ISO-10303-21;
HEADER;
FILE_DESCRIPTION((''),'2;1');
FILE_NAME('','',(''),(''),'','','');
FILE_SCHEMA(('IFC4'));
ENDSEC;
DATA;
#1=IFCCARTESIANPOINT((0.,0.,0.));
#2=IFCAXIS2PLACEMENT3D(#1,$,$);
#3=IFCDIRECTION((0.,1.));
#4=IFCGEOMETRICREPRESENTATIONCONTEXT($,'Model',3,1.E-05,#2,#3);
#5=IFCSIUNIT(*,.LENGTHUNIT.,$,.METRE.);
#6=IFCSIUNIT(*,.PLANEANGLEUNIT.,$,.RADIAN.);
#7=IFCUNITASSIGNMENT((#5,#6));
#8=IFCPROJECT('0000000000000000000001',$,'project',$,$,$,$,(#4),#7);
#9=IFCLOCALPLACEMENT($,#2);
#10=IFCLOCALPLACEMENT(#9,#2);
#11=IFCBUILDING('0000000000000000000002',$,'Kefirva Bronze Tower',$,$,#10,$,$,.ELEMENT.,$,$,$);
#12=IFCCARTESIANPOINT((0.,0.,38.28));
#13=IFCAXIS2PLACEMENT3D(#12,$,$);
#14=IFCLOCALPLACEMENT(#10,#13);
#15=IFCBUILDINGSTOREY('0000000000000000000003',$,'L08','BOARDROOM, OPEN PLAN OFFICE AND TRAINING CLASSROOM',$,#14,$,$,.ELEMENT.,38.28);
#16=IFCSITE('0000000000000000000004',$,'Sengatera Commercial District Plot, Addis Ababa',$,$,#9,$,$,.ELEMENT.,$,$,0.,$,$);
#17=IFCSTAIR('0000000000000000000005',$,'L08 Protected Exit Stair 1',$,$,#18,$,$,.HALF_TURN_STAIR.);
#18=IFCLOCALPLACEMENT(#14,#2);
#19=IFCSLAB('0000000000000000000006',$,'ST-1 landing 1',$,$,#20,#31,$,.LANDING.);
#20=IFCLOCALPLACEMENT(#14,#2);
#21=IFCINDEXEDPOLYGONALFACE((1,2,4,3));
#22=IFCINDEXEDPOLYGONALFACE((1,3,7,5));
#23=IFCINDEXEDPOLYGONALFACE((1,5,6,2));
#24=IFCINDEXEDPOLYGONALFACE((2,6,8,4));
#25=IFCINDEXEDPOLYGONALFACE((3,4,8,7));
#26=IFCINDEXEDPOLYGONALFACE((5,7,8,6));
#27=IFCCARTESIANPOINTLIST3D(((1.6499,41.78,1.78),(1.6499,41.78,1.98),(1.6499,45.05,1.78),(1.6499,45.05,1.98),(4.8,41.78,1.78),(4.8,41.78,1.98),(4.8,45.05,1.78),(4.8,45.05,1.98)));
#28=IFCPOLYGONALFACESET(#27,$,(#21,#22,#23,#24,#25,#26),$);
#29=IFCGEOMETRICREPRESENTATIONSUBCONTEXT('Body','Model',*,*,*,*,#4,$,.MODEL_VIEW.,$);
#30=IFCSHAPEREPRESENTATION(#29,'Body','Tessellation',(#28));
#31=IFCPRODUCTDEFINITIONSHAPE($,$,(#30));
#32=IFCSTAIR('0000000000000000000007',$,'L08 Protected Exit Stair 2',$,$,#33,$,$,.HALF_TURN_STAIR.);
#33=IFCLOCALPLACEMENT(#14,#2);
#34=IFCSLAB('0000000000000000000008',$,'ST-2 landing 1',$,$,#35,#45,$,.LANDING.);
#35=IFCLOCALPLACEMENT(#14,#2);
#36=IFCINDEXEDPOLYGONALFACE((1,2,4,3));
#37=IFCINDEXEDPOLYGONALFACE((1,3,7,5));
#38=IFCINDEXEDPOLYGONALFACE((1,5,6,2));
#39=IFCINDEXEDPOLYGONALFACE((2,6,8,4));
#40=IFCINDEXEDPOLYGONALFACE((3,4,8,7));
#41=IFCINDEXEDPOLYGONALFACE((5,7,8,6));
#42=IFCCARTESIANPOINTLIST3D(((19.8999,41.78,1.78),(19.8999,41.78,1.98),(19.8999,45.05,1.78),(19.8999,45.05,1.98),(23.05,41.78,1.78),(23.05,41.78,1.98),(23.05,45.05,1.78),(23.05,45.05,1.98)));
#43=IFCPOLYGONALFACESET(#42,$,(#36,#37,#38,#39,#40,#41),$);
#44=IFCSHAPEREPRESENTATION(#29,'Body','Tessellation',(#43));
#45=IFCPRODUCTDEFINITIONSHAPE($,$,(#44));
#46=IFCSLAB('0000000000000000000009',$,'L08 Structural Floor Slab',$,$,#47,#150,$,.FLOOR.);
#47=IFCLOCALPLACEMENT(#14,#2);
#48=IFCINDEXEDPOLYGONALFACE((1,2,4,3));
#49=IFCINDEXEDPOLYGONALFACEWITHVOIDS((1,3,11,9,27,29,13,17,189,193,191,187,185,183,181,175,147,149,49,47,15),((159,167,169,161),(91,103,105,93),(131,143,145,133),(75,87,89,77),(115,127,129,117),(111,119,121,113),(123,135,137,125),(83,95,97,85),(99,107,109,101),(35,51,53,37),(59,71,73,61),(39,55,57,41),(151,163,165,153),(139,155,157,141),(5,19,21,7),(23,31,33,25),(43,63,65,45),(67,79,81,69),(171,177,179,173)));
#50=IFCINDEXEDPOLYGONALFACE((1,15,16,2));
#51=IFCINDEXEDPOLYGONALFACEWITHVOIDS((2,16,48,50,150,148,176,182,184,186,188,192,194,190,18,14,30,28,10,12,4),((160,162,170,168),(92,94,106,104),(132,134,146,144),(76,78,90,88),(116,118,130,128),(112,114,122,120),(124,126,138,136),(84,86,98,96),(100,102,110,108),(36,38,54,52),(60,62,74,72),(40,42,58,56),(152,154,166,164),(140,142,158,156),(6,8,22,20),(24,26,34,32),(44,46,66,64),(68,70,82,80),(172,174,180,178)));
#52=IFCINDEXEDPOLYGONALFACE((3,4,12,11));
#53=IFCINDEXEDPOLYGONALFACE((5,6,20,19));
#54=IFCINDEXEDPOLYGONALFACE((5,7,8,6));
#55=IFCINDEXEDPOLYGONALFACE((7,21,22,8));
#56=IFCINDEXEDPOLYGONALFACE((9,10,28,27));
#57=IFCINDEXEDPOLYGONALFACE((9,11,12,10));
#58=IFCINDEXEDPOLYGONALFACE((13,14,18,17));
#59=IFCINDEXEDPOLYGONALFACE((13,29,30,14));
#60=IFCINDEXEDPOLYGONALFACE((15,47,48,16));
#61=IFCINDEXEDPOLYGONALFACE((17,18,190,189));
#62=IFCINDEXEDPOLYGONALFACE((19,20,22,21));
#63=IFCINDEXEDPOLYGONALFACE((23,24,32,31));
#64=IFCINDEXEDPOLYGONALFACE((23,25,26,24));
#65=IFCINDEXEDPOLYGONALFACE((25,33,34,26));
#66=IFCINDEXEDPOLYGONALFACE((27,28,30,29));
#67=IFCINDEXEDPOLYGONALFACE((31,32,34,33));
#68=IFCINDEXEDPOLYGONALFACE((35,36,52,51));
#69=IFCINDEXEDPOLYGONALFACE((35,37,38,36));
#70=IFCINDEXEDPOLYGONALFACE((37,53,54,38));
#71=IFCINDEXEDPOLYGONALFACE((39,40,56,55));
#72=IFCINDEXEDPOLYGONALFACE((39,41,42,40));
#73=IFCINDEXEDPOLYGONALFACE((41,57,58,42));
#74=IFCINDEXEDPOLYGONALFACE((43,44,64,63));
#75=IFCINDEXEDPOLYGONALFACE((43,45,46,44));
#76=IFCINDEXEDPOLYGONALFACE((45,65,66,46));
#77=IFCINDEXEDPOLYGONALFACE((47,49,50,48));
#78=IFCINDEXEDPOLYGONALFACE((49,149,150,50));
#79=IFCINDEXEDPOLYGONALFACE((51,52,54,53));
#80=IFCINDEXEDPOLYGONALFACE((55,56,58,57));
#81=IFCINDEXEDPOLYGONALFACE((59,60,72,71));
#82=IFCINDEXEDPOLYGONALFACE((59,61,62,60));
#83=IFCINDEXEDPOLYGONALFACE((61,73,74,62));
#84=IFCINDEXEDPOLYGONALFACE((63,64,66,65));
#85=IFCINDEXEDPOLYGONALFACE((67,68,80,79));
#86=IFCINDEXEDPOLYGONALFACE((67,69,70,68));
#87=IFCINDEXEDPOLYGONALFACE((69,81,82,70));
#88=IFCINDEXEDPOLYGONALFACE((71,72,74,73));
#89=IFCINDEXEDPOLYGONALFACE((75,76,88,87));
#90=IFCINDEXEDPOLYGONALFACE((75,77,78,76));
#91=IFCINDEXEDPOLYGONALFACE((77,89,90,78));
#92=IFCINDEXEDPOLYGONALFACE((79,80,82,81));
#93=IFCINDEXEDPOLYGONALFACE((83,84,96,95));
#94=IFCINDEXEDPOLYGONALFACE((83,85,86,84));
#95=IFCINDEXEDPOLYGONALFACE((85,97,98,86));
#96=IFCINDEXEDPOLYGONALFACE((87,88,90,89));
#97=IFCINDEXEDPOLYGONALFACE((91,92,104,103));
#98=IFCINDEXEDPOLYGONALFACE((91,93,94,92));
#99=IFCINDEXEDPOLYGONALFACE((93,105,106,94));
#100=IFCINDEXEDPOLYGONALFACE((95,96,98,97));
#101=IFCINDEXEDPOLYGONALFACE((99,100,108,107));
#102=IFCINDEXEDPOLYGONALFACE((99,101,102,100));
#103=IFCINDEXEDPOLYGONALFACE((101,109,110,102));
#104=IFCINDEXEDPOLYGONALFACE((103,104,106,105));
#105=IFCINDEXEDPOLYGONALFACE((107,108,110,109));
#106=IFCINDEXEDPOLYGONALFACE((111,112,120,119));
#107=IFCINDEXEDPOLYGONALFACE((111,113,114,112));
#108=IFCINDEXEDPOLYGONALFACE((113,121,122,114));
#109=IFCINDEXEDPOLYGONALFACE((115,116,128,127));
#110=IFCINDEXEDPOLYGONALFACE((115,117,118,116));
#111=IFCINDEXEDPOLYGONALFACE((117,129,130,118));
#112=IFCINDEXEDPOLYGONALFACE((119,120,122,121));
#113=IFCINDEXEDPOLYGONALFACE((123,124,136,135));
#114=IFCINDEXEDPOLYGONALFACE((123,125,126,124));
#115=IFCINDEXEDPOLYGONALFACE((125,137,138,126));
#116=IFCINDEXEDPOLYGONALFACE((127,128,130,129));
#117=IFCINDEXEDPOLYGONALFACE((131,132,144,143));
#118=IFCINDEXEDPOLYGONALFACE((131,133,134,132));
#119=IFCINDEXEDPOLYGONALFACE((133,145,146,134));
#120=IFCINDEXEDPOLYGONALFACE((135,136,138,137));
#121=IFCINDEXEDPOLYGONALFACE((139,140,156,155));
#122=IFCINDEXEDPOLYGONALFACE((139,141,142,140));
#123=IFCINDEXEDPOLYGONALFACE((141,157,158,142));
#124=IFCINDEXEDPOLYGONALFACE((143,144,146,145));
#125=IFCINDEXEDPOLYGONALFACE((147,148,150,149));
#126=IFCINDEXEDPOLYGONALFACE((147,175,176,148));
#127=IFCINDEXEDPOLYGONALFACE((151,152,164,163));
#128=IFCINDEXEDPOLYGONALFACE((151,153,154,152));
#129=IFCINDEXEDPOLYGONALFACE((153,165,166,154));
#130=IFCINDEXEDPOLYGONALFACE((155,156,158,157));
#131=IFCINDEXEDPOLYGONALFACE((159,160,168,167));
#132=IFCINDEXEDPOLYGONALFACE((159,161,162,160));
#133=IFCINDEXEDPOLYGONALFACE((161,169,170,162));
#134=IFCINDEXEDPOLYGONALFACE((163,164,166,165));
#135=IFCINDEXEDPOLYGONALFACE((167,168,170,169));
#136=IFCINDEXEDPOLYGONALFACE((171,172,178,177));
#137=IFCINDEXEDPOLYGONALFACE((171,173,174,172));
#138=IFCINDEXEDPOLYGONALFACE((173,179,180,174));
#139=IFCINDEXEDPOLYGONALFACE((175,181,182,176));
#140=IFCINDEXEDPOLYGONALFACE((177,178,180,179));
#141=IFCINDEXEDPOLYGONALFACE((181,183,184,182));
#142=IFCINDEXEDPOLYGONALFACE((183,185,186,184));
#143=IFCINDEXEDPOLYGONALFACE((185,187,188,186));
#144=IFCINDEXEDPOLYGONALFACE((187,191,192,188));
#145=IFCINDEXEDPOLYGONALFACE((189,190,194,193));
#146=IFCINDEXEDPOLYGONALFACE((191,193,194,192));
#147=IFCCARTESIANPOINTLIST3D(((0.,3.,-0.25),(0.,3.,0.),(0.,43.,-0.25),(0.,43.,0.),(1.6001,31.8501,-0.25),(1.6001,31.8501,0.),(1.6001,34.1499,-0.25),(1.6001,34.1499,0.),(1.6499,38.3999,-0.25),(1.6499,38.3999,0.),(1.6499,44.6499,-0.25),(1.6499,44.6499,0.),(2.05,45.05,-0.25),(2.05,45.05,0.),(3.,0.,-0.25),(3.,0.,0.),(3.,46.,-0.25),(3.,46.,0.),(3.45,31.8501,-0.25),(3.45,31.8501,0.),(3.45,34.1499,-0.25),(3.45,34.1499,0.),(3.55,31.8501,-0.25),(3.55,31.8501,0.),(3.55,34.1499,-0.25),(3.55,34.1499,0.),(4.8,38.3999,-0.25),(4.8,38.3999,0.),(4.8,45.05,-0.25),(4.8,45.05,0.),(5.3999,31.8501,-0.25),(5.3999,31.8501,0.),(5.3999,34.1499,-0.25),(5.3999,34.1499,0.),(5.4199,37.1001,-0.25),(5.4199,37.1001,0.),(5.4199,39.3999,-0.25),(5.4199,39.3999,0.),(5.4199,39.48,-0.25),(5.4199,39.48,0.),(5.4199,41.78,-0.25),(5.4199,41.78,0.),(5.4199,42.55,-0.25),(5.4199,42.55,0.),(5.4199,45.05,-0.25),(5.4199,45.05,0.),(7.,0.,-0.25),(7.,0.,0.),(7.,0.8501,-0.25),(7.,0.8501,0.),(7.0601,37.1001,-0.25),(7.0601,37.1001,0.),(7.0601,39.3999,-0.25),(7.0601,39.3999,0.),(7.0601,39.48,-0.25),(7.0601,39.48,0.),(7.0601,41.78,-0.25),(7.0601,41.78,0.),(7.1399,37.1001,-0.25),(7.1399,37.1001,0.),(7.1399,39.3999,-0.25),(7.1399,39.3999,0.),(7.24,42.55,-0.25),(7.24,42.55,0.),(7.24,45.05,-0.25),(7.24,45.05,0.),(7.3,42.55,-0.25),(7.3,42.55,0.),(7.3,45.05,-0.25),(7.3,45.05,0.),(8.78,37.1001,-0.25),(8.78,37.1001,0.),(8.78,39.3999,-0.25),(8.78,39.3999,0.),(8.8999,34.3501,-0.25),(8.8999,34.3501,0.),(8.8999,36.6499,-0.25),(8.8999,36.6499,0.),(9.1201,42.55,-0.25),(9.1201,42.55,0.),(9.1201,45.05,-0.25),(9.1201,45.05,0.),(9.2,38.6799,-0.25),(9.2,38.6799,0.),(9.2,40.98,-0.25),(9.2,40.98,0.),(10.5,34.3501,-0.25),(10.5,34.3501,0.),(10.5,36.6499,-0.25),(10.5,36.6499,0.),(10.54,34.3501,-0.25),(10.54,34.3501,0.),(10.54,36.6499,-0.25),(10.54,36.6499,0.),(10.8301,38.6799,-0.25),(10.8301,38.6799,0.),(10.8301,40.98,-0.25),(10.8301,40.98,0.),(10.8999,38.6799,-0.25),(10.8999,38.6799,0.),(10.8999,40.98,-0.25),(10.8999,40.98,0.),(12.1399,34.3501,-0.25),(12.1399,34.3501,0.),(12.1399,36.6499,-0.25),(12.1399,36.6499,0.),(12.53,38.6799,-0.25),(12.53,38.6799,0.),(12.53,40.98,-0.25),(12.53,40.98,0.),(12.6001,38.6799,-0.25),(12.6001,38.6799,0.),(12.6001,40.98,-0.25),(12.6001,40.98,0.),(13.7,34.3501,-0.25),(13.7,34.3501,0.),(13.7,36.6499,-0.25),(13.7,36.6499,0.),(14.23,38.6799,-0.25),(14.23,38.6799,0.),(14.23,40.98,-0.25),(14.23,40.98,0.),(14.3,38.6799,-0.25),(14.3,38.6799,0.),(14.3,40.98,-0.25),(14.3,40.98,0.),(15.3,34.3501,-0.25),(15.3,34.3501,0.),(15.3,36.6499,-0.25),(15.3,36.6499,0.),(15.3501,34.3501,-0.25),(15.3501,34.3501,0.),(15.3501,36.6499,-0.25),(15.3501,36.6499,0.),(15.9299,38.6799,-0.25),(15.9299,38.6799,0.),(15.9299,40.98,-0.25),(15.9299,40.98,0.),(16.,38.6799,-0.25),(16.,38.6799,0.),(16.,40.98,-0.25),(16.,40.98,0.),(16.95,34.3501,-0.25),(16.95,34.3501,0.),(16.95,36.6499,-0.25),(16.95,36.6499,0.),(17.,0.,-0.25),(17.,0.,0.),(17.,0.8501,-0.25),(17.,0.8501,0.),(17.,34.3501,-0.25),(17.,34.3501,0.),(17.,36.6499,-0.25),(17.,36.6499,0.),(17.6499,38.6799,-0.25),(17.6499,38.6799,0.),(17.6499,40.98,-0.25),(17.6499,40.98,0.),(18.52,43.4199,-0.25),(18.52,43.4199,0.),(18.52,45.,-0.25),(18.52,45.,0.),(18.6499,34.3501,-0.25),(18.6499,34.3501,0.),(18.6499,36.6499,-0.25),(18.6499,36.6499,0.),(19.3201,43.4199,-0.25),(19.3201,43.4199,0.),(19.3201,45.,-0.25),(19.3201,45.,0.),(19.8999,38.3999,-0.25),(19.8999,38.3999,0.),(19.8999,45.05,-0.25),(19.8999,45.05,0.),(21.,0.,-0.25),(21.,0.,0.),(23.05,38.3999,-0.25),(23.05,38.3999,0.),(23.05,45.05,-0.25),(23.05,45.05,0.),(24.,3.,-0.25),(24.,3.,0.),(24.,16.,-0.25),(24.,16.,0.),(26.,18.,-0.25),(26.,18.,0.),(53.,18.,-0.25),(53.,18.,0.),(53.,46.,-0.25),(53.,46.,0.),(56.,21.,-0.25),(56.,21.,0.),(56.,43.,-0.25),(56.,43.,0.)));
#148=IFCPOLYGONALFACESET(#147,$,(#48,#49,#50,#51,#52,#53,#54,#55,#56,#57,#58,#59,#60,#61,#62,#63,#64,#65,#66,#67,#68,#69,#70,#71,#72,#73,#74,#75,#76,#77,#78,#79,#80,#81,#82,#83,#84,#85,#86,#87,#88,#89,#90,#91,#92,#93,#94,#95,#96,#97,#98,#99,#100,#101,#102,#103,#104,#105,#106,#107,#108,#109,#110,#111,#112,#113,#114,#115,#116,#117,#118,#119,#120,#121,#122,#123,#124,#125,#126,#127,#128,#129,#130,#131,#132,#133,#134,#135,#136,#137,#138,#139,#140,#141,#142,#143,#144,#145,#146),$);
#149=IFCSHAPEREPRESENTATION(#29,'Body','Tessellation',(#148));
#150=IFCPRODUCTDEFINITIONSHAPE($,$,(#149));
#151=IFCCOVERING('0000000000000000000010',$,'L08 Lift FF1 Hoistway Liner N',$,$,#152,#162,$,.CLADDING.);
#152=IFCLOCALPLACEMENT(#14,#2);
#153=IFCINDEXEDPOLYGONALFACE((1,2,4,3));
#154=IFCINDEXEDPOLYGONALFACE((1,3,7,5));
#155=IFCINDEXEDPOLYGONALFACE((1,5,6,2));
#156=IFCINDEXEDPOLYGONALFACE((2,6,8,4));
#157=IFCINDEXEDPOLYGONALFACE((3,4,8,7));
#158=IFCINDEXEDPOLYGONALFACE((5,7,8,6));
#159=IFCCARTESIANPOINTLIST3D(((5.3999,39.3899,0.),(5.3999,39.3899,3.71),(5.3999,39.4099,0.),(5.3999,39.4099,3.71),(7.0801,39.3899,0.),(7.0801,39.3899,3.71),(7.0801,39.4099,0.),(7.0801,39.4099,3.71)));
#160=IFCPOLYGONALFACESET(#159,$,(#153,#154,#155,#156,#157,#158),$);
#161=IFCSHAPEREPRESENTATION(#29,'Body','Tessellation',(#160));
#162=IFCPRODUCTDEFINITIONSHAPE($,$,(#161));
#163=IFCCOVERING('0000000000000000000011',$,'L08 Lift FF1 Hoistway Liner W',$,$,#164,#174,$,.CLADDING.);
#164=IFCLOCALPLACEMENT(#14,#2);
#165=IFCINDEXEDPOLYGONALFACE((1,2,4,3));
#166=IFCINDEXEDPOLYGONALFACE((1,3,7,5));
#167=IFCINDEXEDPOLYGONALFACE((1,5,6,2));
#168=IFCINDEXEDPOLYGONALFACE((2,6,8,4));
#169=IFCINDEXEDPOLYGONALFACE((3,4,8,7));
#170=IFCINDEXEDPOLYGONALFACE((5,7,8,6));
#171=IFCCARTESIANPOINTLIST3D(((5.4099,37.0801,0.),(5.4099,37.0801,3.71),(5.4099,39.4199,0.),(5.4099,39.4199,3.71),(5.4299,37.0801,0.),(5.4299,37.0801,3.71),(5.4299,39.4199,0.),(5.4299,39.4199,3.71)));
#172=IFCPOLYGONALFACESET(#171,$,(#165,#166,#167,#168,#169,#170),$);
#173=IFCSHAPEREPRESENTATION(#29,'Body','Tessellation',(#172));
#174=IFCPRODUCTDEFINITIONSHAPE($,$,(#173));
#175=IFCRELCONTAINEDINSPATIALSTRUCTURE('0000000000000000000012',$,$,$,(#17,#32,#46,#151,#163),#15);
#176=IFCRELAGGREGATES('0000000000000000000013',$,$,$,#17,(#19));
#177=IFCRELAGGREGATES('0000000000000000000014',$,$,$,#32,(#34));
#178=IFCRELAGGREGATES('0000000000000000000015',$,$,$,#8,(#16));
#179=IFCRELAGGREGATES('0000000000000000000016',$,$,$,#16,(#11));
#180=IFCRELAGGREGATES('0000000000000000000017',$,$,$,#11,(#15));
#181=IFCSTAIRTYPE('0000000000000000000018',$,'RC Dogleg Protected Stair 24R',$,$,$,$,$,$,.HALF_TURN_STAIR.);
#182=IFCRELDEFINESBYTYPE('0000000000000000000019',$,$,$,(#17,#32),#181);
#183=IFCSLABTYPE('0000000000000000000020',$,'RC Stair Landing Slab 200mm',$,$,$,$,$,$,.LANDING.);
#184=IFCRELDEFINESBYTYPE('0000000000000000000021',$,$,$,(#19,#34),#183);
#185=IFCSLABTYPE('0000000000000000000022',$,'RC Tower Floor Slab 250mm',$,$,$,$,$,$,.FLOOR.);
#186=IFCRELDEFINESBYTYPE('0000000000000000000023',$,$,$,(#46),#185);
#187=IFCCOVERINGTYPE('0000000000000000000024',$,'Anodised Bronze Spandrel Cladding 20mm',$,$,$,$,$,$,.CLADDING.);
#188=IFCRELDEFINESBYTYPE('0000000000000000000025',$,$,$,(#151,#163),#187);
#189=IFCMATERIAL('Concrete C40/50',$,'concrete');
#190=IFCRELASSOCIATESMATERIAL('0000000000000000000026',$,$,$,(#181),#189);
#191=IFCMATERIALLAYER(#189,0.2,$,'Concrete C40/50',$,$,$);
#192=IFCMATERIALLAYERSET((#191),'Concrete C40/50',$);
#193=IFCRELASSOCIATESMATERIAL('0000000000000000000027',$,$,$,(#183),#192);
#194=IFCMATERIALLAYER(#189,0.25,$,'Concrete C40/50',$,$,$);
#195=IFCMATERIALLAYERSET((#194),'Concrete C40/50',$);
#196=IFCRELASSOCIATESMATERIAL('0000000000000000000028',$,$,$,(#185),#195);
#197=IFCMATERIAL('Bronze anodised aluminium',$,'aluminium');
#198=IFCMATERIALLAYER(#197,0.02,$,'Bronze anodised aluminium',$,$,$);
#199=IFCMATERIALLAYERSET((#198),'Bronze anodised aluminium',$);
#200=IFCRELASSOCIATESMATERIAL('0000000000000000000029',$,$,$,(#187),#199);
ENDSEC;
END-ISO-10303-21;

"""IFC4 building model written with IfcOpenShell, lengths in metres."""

from ifc_helpers import new_model, si_unit, direction, frame, origin, place, context, subcontext, project, spatial, polyline, outline, extrude, material, layer, layer_set, type_object, element, aggregate, save


model = new_model("IFC4")

# Units and contexts
model_context = context("Model", 3, precision=1e-05, world=origin(), true_north=direction((0.0, 1.0)))
body_context = subcontext(model_context, "Body", "Model", "MODEL_VIEW")
ifc_project = project(units=[si_unit("LENGTHUNIT", "METRE"), si_unit("PLANEANGLEUNIT", "RADIAN")], contexts=[model_context])

# Site, building, storey
site_placement = place(None, origin())
site = spatial("IfcSite", under=ifc_project, at=site_placement, Name="Sengatera Commercial District Plot, Addis Ababa", CompositionType="ELEMENT", RefElevation=0.0)
building_placement = place(site_placement, origin())
building = spatial("IfcBuilding", under=site, at=building_placement, Name="Kefirva Bronze Tower", CompositionType="ELEMENT")
storey_placement = place(building_placement, frame((0.0, 0.0, 38.28)))
storey = spatial("IfcBuildingStorey", under=building, at=storey_placement, Name="L08", Description="BOARDROOM, OPEN PLAN OFFICE AND TRAINING CLASSROOM", CompositionType="ELEMENT", Elevation=38.28)

# Stairs, slabs
ifc_material_1 = material(Name="Concrete C40/50", Category="concrete")
stair_type = type_object("IfcStairType", Name="RC Dogleg Protected Stair 24R", PredefinedType="HALF_TURN_STAIR", material=ifc_material_1)
stair_1_placement = place(storey_placement, origin())
stair_1 = element("IfcStair", 1, at=stair_1_placement, inside=storey, type_object=stair_type, Name="L08 Protected Exit Stair 1", PredefinedType="HALF_TURN_STAIR")
ifc_layer_1 = layer(ifc_material_1, 0.2, Name="Concrete C40/50")
ifc_layer_set_1 = layer_set([ifc_layer_1], Name="Concrete C40/50")
slab_type_1 = type_object("IfcSlabType", Name="RC Stair Landing Slab 200mm", PredefinedType="LANDING", material=ifc_layer_set_1)
slab_1_placement = place(storey_placement, frame((0.0, 0.0, 1.78)))
slab_1 = element("IfcSlab", 2, at=slab_1_placement, type_object=slab_type_1, Name="ST-1 landing 1", PredefinedType="LANDING", context=body_context, shape_type="SweptSolid", body=[
    extrude(outline(polyline([(4.8, 41.78), (4.8, 45.05), (1.6499, 45.05), (1.6499, 41.78), (4.8, 41.78)])), origin(), (0.0, 0.0, 1.0), 0.2),
])
aggregate(stair_1, [slab_1])
stair_2_placement = place(storey_placement, origin())
stair_2 = element("IfcStair", 3, at=stair_2_placement, inside=storey, type_object=stair_type, Name="L08 Protected Exit Stair 2", PredefinedType="HALF_TURN_STAIR")
slab_2_placement = place(storey_placement, frame((0.0, 0.0, 1.78)))
slab_2 = element("IfcSlab", 4, at=slab_2_placement, type_object=slab_type_1, Name="ST-2 landing 1", PredefinedType="LANDING", context=body_context, shape_type="SweptSolid", body=[
    extrude(outline(polyline([(23.05, 41.78), (23.05, 45.05), (19.8999, 45.05), (19.8999, 41.78), (23.05, 41.78)])), origin(), (0.0, 0.0, 1.0), 0.2),
])
aggregate(stair_2, [slab_2])

# Slab
ifc_layer_2 = layer(ifc_material_1, 0.25, Name="Concrete C40/50")
ifc_layer_set_2 = layer_set([ifc_layer_2], Name="Concrete C40/50")
slab_type_2 = type_object("IfcSlabType", Name="RC Tower Floor Slab 250mm", PredefinedType="FLOOR", material=ifc_layer_set_2)
slab_3_placement = place(storey_placement, frame((0.0, 0.0, -0.25)))
element("IfcSlab", 5, at=slab_3_placement, inside=storey, type_object=slab_type_2, Name="L08 Structural Floor Slab", PredefinedType="FLOOR", context=body_context, shape_type="SweptSolid", body=[
    extrude(outline(polyline([(0.0, 3.0), (0.0, 43.0), (1.6499, 44.6499), (1.6499, 38.3999), (4.8, 38.3999), (4.8, 45.05), (2.05, 45.05), (3.0, 46.0), (53.0, 46.0), (56.0, 43.0), (56.0, 21.0), (53.0, 18.0), (26.0, 18.0), (24.0, 16.0), (24.0, 3.0), (21.0, 0.0), (17.0, 0.0), (17.0, 0.8501), (7.0, 0.8501), (7.0, 0.0), (3.0, 0.0), (0.0, 3.0)]), holes=[polyline([(19.8999, 38.3999), (23.05, 38.3999), (23.05, 45.05), (19.8999, 45.05), (19.8999, 38.3999)]), polyline([(18.52, 43.4199), (19.3201, 43.4199), (19.3201, 45.0), (18.52, 45.0), (18.52, 43.4199)]), polyline([(17.0, 34.3501), (18.6499, 34.3501), (18.6499, 36.6499), (17.0, 36.6499), (17.0, 34.3501)]), polyline([(17.6499, 38.6799), (17.6499, 40.98), (16.0, 40.98), (16.0, 38.6799), (17.6499, 38.6799)]), polyline([(16.95, 34.3501), (16.95, 36.6499), (15.3501, 36.6499), (15.3501, 34.3501), (16.95, 34.3501)]), polyline([(15.9299, 38.6799), (15.9299, 40.98), (14.3, 40.98), (14.3, 38.6799), (15.9299, 38.6799)]), polyline([(15.3, 34.3501), (15.3, 36.6499), (13.7, 36.6499), (13.7, 34.3501), (15.3, 34.3501)]), polyline([(14.23, 38.6799), (14.23, 40.98), (12.6001, 40.98), (12.6001, 38.6799), (14.23, 38.6799)]), polyline([(10.8999, 38.6799), (12.53, 38.6799), (12.53, 40.98), (10.8999, 40.98), (10.8999, 38.6799)]), polyline([(12.1399, 34.3501), (12.1399, 36.6499), (10.54, 36.6499), (10.54, 34.3501), (12.1399, 34.3501)]), polyline([(10.8301, 38.6799), (10.8301, 40.98), (9.2, 40.98), (9.2, 38.6799), (10.8301, 38.6799)]), polyline([(10.5, 34.3501), (10.5, 36.6499), (8.8999, 36.6499), (8.8999, 34.3501), (10.5, 34.3501)]), polyline([(7.3, 42.55), (9.1201, 42.55), (9.1201, 45.05), (7.3, 45.05), (7.3, 42.55)]), polyline([(7.1399, 37.1001), (8.78, 37.1001), (8.78, 39.3999), (7.1399, 39.3999), (7.1399, 37.1001)]), polyline([(5.4199, 42.55), (7.24, 42.55), (7.24, 45.05), (5.4199, 45.05), (5.4199, 42.55)]), polyline([(7.0601, 39.48), (7.0601, 41.78), (5.4199, 41.78), (5.4199, 39.48), (7.0601, 39.48)]), polyline([(5.4199, 37.1001), (7.0601, 37.1001), (7.0601, 39.3999), (5.4199, 39.3999), (5.4199, 37.1001)]), polyline([(5.3999, 31.8501), (5.3999, 34.1499), (3.55, 34.1499), (3.55, 31.8501), (5.3999, 31.8501)]), polyline([(3.45, 31.8501), (3.45, 34.1499), (1.6001, 34.1499), (1.6001, 31.8501), (3.45, 31.8501)])]), origin(), (0.0, 0.0, 1.0), 0.25),
])

# Coverings
ifc_material_2 = material(Name="Bronze anodised aluminium", Category="aluminium")
ifc_layer_3 = layer(ifc_material_2, 0.02, Name="Bronze anodised aluminium")
ifc_layer_set_3 = layer_set([ifc_layer_3], Name="Bronze anodised aluminium")
covering_type = type_object("IfcCoveringType", Name="Anodised Bronze Spandrel Cladding 20mm", PredefinedType="CLADDING", material=ifc_layer_set_3)
covering_1_placement = place(storey_placement, origin())
element("IfcCovering", 6, at=covering_1_placement, inside=storey, type_object=covering_type, Name="L08 Lift FF1 Hoistway Liner N", PredefinedType="CLADDING", context=body_context, shape_type="SweptSolid", body=[
    extrude(outline(polyline([(5.3999, 39.3899), (7.0801, 39.3899), (7.0801, 39.4099), (5.3999, 39.4099), (5.3999, 39.3899)])), origin(), (0.0, 0.0, 1.0), 3.71),
])
covering_2_placement = place(storey_placement, origin())
element("IfcCovering", 7, at=covering_2_placement, inside=storey, type_object=covering_type, Name="L08 Lift FF1 Hoistway Liner W", PredefinedType="CLADDING", context=body_context, shape_type="SweptSolid", body=[
    extrude(outline(polyline([(5.4099, 37.0801), (5.4299, 37.0801), (5.4299, 39.4199), (5.4099, 39.4199), (5.4099, 37.0801)])), origin(), (0.0, 0.0, 1.0), 3.71),
])

save(model, "model.ifc")
